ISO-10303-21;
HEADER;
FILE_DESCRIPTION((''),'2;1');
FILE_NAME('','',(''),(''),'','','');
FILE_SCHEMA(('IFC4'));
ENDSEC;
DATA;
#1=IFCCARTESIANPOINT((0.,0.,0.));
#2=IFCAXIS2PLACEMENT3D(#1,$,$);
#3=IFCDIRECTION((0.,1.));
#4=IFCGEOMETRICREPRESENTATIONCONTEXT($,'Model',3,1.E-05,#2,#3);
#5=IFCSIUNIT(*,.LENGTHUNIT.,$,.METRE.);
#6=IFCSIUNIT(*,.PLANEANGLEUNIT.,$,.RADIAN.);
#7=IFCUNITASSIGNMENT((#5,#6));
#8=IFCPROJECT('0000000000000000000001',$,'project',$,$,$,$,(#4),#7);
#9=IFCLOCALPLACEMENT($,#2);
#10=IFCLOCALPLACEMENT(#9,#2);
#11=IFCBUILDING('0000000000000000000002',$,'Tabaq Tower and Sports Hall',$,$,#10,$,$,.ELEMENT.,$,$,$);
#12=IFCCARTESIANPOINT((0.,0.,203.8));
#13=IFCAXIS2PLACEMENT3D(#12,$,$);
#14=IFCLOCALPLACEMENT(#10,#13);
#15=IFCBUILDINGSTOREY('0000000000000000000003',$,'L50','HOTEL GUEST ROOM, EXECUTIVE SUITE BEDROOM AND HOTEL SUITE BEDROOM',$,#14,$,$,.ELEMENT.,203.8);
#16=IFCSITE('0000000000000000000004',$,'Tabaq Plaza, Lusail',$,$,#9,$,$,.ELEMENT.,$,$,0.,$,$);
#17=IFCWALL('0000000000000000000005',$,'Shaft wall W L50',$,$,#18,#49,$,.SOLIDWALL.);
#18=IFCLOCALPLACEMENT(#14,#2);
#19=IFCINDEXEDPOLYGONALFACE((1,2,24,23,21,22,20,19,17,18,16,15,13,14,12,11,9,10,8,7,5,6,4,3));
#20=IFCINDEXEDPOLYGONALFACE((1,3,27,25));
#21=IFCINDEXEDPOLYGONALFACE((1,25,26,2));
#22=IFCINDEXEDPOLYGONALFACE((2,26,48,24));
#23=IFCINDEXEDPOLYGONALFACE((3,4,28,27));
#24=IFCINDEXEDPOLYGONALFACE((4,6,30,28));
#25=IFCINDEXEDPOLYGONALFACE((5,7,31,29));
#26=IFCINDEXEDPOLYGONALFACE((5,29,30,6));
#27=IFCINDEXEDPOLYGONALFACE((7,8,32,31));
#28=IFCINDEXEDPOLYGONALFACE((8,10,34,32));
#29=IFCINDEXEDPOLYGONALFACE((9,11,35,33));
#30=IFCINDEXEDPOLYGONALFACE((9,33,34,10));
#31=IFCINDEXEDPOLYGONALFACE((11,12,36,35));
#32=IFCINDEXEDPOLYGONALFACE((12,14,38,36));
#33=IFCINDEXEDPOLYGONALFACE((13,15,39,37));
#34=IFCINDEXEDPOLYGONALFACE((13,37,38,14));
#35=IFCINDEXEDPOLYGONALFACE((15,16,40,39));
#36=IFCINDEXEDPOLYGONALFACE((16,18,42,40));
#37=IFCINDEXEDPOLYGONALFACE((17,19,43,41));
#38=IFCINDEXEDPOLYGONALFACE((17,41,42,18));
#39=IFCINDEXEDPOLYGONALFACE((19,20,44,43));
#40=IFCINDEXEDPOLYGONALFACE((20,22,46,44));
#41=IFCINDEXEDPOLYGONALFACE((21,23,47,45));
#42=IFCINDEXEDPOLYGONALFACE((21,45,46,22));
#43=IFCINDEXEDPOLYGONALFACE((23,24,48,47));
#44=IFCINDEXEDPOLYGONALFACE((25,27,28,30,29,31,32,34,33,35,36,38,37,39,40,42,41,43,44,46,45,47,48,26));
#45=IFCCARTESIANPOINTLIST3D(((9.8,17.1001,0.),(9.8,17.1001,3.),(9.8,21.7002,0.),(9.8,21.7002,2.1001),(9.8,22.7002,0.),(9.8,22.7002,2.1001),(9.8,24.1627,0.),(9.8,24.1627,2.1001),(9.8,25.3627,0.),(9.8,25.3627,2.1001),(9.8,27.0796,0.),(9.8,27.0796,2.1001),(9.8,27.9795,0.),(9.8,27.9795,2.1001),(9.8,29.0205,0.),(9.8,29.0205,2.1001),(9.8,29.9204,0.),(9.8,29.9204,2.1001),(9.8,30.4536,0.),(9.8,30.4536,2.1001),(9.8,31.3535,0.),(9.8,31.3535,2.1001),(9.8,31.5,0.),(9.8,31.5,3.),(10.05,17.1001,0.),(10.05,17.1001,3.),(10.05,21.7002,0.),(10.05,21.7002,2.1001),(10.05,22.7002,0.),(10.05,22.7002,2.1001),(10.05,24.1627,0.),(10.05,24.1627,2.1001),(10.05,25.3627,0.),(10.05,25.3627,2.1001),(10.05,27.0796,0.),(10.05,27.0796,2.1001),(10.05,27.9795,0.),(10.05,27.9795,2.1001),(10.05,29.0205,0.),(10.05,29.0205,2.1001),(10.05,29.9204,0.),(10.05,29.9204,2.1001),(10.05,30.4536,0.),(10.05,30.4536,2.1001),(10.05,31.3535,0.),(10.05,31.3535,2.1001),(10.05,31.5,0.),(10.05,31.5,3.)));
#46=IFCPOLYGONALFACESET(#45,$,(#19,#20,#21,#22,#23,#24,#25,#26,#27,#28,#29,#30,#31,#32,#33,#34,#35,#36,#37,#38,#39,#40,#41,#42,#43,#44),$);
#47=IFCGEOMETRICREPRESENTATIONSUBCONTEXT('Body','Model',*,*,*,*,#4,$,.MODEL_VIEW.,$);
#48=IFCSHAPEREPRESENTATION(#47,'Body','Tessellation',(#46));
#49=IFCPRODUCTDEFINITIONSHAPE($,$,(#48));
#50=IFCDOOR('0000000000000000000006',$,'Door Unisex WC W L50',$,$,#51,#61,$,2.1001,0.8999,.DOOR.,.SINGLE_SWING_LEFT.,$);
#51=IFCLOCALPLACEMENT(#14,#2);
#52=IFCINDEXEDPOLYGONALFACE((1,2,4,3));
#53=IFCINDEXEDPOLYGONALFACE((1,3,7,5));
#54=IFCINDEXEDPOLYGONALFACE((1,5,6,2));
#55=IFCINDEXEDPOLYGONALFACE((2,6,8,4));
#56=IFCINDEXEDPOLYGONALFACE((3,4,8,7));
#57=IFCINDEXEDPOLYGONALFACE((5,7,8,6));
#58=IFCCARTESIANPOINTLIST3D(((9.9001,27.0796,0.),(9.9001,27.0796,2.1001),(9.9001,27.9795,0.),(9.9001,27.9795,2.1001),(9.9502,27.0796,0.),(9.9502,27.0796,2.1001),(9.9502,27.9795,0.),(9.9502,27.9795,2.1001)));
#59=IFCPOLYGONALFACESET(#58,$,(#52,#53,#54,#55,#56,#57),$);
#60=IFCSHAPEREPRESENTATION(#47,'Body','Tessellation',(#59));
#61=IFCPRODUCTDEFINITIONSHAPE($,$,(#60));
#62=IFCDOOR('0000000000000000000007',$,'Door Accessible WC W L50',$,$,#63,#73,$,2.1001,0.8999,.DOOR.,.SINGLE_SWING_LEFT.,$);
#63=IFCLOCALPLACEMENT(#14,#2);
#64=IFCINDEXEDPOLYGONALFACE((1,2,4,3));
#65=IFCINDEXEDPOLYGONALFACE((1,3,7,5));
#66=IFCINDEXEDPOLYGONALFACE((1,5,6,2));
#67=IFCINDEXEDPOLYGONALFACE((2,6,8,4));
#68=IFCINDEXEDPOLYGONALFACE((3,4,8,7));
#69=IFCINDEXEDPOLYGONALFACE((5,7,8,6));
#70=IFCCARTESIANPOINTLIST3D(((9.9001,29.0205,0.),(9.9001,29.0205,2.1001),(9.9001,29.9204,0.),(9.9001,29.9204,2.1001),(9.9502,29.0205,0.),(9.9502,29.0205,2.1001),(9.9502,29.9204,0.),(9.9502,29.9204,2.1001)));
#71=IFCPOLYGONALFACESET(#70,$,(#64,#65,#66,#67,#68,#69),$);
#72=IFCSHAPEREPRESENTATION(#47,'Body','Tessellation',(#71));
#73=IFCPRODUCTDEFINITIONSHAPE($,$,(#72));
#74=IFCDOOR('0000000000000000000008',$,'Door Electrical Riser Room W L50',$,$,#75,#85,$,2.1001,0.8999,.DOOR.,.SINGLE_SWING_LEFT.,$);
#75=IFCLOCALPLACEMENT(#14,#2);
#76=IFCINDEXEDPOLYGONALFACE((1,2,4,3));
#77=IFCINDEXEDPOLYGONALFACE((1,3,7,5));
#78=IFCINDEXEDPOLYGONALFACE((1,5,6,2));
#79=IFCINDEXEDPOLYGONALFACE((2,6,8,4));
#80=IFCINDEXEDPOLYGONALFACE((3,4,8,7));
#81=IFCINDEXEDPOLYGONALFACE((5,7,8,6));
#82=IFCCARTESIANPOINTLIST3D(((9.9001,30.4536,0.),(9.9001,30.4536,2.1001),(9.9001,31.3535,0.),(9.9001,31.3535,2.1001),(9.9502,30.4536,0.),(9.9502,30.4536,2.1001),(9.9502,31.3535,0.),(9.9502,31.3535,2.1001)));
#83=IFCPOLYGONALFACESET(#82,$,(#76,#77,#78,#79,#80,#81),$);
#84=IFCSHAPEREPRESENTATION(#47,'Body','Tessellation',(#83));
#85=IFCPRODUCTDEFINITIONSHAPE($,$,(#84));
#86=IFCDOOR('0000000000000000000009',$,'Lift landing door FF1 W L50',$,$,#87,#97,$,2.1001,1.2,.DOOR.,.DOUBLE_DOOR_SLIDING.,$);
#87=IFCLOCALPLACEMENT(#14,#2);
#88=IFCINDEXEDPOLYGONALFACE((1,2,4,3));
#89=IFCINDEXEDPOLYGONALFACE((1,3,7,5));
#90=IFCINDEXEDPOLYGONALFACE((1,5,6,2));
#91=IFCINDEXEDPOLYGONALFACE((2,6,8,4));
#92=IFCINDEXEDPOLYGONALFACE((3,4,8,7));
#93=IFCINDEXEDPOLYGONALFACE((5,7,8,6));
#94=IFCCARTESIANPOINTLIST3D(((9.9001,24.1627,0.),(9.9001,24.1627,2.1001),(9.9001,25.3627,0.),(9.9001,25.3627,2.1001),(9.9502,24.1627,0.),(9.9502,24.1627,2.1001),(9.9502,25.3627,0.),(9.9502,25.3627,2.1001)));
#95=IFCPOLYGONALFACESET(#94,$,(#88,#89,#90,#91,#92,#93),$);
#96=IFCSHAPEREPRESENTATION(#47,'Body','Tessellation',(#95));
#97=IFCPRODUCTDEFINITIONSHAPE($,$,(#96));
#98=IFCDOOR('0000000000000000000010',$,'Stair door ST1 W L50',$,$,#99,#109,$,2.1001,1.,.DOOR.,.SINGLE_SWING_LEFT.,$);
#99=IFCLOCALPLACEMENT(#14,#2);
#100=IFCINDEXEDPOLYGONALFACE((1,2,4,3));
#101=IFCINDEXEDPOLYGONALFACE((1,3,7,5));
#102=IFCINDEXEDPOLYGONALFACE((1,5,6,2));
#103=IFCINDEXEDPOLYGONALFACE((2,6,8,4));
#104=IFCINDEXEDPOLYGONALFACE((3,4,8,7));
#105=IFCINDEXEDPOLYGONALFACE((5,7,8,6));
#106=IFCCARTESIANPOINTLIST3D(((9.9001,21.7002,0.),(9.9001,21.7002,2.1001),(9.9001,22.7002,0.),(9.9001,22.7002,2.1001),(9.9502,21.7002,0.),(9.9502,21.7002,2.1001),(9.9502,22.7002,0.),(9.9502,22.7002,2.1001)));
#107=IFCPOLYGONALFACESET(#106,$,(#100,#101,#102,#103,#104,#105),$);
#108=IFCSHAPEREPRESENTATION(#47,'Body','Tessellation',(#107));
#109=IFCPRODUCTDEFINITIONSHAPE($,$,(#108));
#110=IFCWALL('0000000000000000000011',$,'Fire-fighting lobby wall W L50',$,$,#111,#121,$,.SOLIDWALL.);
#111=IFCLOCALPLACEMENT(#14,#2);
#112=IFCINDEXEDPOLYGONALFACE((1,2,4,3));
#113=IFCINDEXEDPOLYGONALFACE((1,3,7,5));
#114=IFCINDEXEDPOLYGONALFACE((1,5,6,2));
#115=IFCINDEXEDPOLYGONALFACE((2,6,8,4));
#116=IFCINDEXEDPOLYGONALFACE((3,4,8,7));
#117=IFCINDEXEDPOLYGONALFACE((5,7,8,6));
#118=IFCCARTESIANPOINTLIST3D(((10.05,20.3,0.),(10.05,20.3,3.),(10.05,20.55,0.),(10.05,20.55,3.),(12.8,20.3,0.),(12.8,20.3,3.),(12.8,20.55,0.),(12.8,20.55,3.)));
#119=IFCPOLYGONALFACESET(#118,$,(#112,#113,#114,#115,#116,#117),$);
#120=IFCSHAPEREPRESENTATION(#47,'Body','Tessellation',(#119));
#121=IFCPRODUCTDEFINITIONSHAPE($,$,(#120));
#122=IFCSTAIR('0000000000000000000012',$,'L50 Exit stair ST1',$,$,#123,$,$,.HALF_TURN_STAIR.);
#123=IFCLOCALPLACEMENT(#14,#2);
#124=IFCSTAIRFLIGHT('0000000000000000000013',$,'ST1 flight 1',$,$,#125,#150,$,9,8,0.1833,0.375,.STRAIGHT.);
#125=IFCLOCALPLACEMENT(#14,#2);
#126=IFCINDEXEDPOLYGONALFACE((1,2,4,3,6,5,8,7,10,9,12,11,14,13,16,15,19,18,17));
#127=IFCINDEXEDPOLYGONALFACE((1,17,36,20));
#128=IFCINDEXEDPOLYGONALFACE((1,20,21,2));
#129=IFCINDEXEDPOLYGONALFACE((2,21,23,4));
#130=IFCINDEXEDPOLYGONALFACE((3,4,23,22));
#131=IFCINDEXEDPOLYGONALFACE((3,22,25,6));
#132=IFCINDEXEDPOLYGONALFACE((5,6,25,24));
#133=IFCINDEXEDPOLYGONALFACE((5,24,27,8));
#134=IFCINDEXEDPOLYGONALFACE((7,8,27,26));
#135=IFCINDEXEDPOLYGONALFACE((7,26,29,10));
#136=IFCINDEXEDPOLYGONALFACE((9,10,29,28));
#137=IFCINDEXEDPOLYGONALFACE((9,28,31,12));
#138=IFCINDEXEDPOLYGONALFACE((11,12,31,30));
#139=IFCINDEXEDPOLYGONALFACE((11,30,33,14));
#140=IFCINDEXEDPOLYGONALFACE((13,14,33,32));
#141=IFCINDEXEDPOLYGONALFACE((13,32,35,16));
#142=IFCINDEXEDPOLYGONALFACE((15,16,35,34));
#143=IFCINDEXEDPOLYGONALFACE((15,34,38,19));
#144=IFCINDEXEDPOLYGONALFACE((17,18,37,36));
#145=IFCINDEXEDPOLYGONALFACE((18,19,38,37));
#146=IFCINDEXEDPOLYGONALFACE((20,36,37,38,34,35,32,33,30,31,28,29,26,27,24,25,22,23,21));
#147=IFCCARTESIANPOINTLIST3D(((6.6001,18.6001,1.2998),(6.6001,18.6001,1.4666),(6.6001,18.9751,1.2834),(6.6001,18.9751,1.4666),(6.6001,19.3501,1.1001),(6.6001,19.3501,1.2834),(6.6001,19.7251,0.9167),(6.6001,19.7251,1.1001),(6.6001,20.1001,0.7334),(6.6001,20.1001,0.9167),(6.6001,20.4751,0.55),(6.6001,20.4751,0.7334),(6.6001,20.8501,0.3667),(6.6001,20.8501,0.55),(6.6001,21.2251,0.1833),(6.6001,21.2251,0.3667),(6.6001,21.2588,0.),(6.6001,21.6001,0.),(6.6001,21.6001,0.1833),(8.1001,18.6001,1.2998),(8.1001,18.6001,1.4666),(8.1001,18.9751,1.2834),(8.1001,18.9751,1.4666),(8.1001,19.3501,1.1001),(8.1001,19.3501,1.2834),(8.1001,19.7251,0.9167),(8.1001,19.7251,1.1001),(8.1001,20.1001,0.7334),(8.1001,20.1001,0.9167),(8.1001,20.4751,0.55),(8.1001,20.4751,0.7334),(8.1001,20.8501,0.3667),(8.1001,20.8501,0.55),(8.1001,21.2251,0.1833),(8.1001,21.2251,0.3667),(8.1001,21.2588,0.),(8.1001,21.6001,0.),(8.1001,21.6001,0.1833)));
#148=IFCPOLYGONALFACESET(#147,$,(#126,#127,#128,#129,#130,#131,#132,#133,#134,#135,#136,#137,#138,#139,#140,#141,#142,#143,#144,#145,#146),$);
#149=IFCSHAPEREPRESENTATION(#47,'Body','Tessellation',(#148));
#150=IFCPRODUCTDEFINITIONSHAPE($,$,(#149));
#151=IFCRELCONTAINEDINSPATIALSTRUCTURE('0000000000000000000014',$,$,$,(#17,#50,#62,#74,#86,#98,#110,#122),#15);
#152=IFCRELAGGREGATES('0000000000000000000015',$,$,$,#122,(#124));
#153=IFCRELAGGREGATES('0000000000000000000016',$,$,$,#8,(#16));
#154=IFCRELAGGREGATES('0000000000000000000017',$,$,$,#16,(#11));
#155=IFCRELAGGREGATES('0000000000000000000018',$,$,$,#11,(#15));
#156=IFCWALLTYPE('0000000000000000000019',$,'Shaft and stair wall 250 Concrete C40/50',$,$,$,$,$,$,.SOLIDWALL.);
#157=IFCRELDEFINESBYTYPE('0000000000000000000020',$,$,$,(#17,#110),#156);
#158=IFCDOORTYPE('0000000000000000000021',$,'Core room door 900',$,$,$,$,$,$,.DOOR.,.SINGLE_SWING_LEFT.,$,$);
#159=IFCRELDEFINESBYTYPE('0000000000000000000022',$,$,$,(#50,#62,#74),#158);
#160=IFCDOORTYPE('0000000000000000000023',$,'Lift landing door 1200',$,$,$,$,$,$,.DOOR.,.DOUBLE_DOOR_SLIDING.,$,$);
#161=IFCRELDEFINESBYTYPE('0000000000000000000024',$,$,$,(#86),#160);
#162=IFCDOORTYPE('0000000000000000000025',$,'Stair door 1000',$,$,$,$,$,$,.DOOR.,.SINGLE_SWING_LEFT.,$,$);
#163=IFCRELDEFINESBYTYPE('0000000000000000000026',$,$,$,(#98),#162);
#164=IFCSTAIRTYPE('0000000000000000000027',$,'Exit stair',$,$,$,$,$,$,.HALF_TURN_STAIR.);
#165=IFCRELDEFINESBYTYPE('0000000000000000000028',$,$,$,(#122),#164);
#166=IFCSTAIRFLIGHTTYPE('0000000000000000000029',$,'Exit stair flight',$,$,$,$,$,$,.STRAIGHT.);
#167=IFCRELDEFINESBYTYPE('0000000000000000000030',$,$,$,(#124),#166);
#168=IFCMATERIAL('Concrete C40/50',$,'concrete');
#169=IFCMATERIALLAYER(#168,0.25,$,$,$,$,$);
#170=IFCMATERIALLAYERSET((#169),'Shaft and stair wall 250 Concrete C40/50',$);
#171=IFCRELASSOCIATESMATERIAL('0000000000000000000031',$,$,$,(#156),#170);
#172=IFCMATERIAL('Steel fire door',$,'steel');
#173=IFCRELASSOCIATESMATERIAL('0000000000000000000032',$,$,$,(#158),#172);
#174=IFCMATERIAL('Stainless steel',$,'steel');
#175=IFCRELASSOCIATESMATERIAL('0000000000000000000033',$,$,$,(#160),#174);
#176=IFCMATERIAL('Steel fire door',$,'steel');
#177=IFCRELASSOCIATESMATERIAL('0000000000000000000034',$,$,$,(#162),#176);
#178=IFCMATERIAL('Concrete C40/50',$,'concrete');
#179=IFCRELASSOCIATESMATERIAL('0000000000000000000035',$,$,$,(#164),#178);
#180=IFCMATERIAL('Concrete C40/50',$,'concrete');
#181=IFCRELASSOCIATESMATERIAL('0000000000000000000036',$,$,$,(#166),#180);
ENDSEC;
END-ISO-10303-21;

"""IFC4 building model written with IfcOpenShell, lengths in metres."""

from ifc_helpers import new_model, si_unit, direction, frame, frame_2d, origin, place, context, subcontext, project, spatial, polyline, rectangle, outline, extrude, material, layer, layer_set, type_object, element, fill, aggregate, save


model = new_model("IFC4")

# Units and contexts
model_context = context("Model", 3, precision=1e-05, world=origin(), true_north=direction((0.0, 1.0)))
body_context = subcontext(model_context, "Body", "Model", "MODEL_VIEW")
ifc_project = project(units=[si_unit("LENGTHUNIT", "METRE"), si_unit("PLANEANGLEUNIT", "RADIAN")], contexts=[model_context])

# Site, building, storey
site_placement = place(None, origin())
site = spatial("IfcSite", under=ifc_project, at=site_placement, Name="Tabaq Plaza, Lusail", CompositionType="ELEMENT", RefElevation=0.0)
building_placement = place(site_placement, origin())
building = spatial("IfcBuilding", under=site, at=building_placement, Name="Tabaq Tower and Sports Hall", CompositionType="ELEMENT")
storey_placement = place(building_placement, frame((0.0, 0.0, 203.8)))
storey = spatial("IfcBuildingStorey", under=building, at=storey_placement, Name="L50", Description="HOTEL GUEST ROOM, EXECUTIVE SUITE BEDROOM AND HOTEL SUITE BEDROOM", CompositionType="ELEMENT", Elevation=203.8)

# Wall, openings, doors
ifc_material_1 = material(Name="Concrete C40/50", Category="concrete")
ifc_layer = layer(ifc_material_1, 0.25)
ifc_layer_set = layer_set([ifc_layer], Name="Shaft and stair wall 250 Concrete C40/50")
wall_type = type_object("IfcWallType", Name="Shaft and stair wall 250 Concrete C40/50", PredefinedType="SOLIDWALL", material=ifc_layer_set)
wall_1_placement = place(storey_placement, frame((9.925, 17.1001, 0.0), z_axis=(0.0, 0.0, 1.0), x_axis=(0.0, 1.0, 0.0)))
wall_1 = element("IfcWall", 1, at=wall_1_placement, inside=storey, type_object=wall_type, Name="Shaft wall W L50", PredefinedType="SOLIDWALL", context=body_context, shape_type="SweptSolid", body=[
    extrude(rectangle(XDim=14.3999, YDim=0.25, at=frame_2d((7.2, 0.0))), origin(), (0.0, 0.0, 1.0), 3.0),
])
opening_1_placement = place(wall_1_placement, frame((4.6001, 0.0, 0.0)))
opening_1 = element("IfcOpeningElement", 2, at=opening_1_placement, cuts=wall_1, PredefinedType="OPENING", context=body_context, shape_type="SweptSolid", body=[
    extrude(rectangle(XDim=1.0, YDim=2.1001, at=frame_2d((0.5, 1.05))), frame((0.0, 0.125, 0.0), z_axis=(0.0, -1.0, 0.0), x_axis=(1.0, 0.0, 0.0)), (0.0, 0.0, 1.0), 0.25),
])
opening_2_placement = place(wall_1_placement, frame((7.0625, 0.0, 0.0)))
opening_2 = element("IfcOpeningElement", 3, at=opening_2_placement, cuts=wall_1, PredefinedType="OPENING", context=body_context, shape_type="SweptSolid", body=[
    extrude(rectangle(XDim=1.2, YDim=2.1001, at=frame_2d((0.6001, 1.05))), frame((0.0, 0.125, 0.0), z_axis=(0.0, -1.0, 0.0), x_axis=(1.0, 0.0, 0.0)), (0.0, 0.0, 1.0), 0.25),
])
opening_3_placement = place(wall_1_placement, frame((9.9795, 0.0, 0.0)))
opening_3 = element("IfcOpeningElement", 4, at=opening_3_placement, cuts=wall_1, PredefinedType="OPENING", context=body_context, shape_type="SweptSolid", body=[
    extrude(rectangle(XDim=0.8999, YDim=2.1001, at=frame_2d((0.45, 1.05))), frame((0.0, 0.125, 0.0), z_axis=(0.0, -1.0, 0.0), x_axis=(1.0, 0.0, 0.0)), (0.0, 0.0, 1.0), 0.25),
])
opening_4_placement = place(wall_1_placement, frame((11.9204, 0.0, 0.0)))
opening_4 = element("IfcOpeningElement", 5, at=opening_4_placement, cuts=wall_1, PredefinedType="OPENING", context=body_context, shape_type="SweptSolid", body=[
    extrude(rectangle(XDim=0.8999, YDim=2.1001, at=frame_2d((0.45, 1.05))), frame((0.0, 0.125, 0.0), z_axis=(0.0, -1.0, 0.0), x_axis=(1.0, 0.0, 0.0)), (0.0, 0.0, 1.0), 0.25),
])
opening_5_placement = place(wall_1_placement, frame((13.3535, 0.0, 0.0)))
opening_5 = element("IfcOpeningElement", 6, at=opening_5_placement, cuts=wall_1, PredefinedType="OPENING", context=body_context, shape_type="SweptSolid", body=[
    extrude(rectangle(XDim=0.8999, YDim=2.1001, at=frame_2d((0.45, 1.05))), frame((0.0, 0.125, 0.0), z_axis=(0.0, -1.0, 0.0), x_axis=(1.0, 0.0, 0.0)), (0.0, 0.0, 1.0), 0.25),
])
ifc_material_2 = material(Name="Steel fire door", Category="steel")
door_type_1 = type_object("IfcDoorType", Name="Core room door 900", OperationType="SINGLE_SWING_LEFT", PredefinedType="DOOR", material=ifc_material_2)
door_1_placement = place(opening_3_placement, origin())
door_1 = element("IfcDoor", 7, at=door_1_placement, inside=storey, type_object=door_type_1, Name="Door Unisex WC W L50", OperationType="SINGLE_SWING_LEFT", OverallHeight=2.1001, OverallWidth=0.8999, PredefinedType="DOOR", context=body_context, shape_type="SweptSolid", body=[
    extrude(rectangle(XDim=0.8999, YDim=2.1001, at=frame_2d((0.45, 1.05))), frame((0.0, 0.0249, 0.0), z_axis=(0.0, -1.0, 0.0), x_axis=(1.0, 0.0, 0.0)), (0.0, 0.0, 1.0), 0.05),
])
fill(opening_3, door_1)
door_2_placement = place(opening_4_placement, origin())
door_2 = element("IfcDoor", 8, at=door_2_placement, inside=storey, type_object=door_type_1, Name="Door Accessible WC W L50", OperationType="SINGLE_SWING_LEFT", OverallHeight=2.1001, OverallWidth=0.8999, PredefinedType="DOOR", context=body_context, shape_type="SweptSolid", body=[
    extrude(rectangle(XDim=0.8999, YDim=2.1001, at=frame_2d((0.45, 1.05))), frame((0.0, 0.0249, 0.0), z_axis=(0.0, -1.0, 0.0), x_axis=(1.0, 0.0, 0.0)), (0.0, 0.0, 1.0), 0.05),
])
fill(opening_4, door_2)
door_3_placement = place(opening_5_placement, origin())
door_3 = element("IfcDoor", 9, at=door_3_placement, inside=storey, type_object=door_type_1, Name="Door Electrical Riser Room W L50", OperationType="SINGLE_SWING_LEFT", OverallHeight=2.1001, OverallWidth=0.8999, PredefinedType="DOOR", context=body_context, shape_type="SweptSolid", body=[
    extrude(rectangle(XDim=0.8999, YDim=2.1001, at=frame_2d((0.45, 1.05))), frame((0.0, 0.0249, 0.0), z_axis=(0.0, -1.0, 0.0), x_axis=(1.0, 0.0, 0.0)), (0.0, 0.0, 1.0), 0.05),
])
fill(opening_5, door_3)
ifc_material_3 = material(Name="Stainless steel", Category="steel")
door_type_2 = type_object("IfcDoorType", Name="Lift landing door 1200", OperationType="DOUBLE_DOOR_SLIDING", PredefinedType="DOOR", material=ifc_material_3)
door_4_placement = place(opening_2_placement, origin())
door_4 = element("IfcDoor", 10, at=door_4_placement, inside=storey, type_object=door_type_2, Name="Lift landing door FF1 W L50", OperationType="DOUBLE_DOOR_SLIDING", OverallHeight=2.1001, OverallWidth=1.2, PredefinedType="DOOR", context=body_context, shape_type="SweptSolid", body=[
    extrude(rectangle(XDim=1.2, YDim=2.1001, at=frame_2d((0.6001, 1.05))), frame((0.0, 0.0249, 0.0), z_axis=(0.0, -1.0, 0.0), x_axis=(1.0, 0.0, 0.0)), (0.0, 0.0, 1.0), 0.05),
])
fill(opening_2, door_4)
ifc_material_4 = material(Name="Steel fire door", Category="steel")
door_type_3 = type_object("IfcDoorType", Name="Stair door 1000", OperationType="SINGLE_SWING_LEFT", PredefinedType="DOOR", material=ifc_material_4)
door_5_placement = place(opening_1_placement, origin())
door_5 = element("IfcDoor", 11, at=door_5_placement, inside=storey, type_object=door_type_3, Name="Stair door ST1 W L50", OperationType="SINGLE_SWING_LEFT", OverallHeight=2.1001, OverallWidth=1.0, PredefinedType="DOOR", context=body_context, shape_type="SweptSolid", body=[
    extrude(rectangle(XDim=1.0, YDim=2.1001, at=frame_2d((0.5, 1.05))), frame((0.0, 0.0249, 0.0), z_axis=(0.0, -1.0, 0.0), x_axis=(1.0, 0.0, 0.0)), (0.0, 0.0, 1.0), 0.05),
])
fill(opening_1, door_5)

# Wall
wall_2_placement = place(storey_placement, frame((10.05, 20.425, 0.0), z_axis=(0.0, 0.0, 1.0), x_axis=(1.0, 0.0, 0.0)))
element("IfcWall", 12, at=wall_2_placement, inside=storey, type_object=wall_type, Name="Fire-fighting lobby wall W L50", PredefinedType="SOLIDWALL", context=body_context, shape_type="SweptSolid", body=[
    extrude(rectangle(XDim=2.75, YDim=0.25, at=frame_2d((1.375, 0.0))), origin(), (0.0, 0.0, 1.0), 3.0),
])

# Stair, stair flight
ifc_material_5 = material(Name="Concrete C40/50", Category="concrete")
stair_type = type_object("IfcStairType", Name="Exit stair", PredefinedType="HALF_TURN_STAIR", material=ifc_material_5)
stair_placement = place(storey_placement, origin())
stair = element("IfcStair", 13, at=stair_placement, inside=storey, type_object=stair_type, Name="L50 Exit stair ST1", PredefinedType="HALF_TURN_STAIR")
ifc_material_6 = material(Name="Concrete C40/50", Category="concrete")
stair_flight_type = type_object("IfcStairFlightType", Name="Exit stair flight", PredefinedType="STRAIGHT", material=ifc_material_6)
stair_flight_1_placement = place(storey_placement, frame((7.3501, 21.6001, 0.0), z_axis=(0.0, 0.0, 1.0), x_axis=(0.0, -1.0, 0.0)))
stair_flight_1 = element("IfcStairFlight", 14, at=stair_flight_1_placement, type_object=stair_flight_type, Name="ST1 flight 1", NumberOfRisers=9, NumberOfTreads=8, PredefinedType="STRAIGHT", RiserHeight=0.1833, TreadLength=0.375, context=body_context, shape_type="SweptSolid", body=[
    extrude(outline(polyline([(0.0, 0.0), (0.0, 0.1833), (0.375, 0.1833), (0.375, 0.3667), (0.75, 0.3667), (0.75, 0.55), (1.125, 0.55), (1.125, 0.7334), (1.5, 0.7334), (1.5, 0.9167), (1.875, 0.9167), (1.875, 1.1001), (2.25, 1.1001), (2.25, 1.2834), (2.625, 1.2834), (2.625, 1.4666), (3.0, 1.4666), (3.0, 1.6499), (3.0, 1.2998), (0.3413, 0.0), (0.0, 0.0)])), frame((0.0, 0.75, 0.0), z_axis=(0.0, -1.0, 0.0), x_axis=(1.0, 0.0, 0.0)), (0.0, 0.0, 1.0), 1.5),
])
aggregate(stair, [stair_flight_1])

save(model, "model.ifc")
